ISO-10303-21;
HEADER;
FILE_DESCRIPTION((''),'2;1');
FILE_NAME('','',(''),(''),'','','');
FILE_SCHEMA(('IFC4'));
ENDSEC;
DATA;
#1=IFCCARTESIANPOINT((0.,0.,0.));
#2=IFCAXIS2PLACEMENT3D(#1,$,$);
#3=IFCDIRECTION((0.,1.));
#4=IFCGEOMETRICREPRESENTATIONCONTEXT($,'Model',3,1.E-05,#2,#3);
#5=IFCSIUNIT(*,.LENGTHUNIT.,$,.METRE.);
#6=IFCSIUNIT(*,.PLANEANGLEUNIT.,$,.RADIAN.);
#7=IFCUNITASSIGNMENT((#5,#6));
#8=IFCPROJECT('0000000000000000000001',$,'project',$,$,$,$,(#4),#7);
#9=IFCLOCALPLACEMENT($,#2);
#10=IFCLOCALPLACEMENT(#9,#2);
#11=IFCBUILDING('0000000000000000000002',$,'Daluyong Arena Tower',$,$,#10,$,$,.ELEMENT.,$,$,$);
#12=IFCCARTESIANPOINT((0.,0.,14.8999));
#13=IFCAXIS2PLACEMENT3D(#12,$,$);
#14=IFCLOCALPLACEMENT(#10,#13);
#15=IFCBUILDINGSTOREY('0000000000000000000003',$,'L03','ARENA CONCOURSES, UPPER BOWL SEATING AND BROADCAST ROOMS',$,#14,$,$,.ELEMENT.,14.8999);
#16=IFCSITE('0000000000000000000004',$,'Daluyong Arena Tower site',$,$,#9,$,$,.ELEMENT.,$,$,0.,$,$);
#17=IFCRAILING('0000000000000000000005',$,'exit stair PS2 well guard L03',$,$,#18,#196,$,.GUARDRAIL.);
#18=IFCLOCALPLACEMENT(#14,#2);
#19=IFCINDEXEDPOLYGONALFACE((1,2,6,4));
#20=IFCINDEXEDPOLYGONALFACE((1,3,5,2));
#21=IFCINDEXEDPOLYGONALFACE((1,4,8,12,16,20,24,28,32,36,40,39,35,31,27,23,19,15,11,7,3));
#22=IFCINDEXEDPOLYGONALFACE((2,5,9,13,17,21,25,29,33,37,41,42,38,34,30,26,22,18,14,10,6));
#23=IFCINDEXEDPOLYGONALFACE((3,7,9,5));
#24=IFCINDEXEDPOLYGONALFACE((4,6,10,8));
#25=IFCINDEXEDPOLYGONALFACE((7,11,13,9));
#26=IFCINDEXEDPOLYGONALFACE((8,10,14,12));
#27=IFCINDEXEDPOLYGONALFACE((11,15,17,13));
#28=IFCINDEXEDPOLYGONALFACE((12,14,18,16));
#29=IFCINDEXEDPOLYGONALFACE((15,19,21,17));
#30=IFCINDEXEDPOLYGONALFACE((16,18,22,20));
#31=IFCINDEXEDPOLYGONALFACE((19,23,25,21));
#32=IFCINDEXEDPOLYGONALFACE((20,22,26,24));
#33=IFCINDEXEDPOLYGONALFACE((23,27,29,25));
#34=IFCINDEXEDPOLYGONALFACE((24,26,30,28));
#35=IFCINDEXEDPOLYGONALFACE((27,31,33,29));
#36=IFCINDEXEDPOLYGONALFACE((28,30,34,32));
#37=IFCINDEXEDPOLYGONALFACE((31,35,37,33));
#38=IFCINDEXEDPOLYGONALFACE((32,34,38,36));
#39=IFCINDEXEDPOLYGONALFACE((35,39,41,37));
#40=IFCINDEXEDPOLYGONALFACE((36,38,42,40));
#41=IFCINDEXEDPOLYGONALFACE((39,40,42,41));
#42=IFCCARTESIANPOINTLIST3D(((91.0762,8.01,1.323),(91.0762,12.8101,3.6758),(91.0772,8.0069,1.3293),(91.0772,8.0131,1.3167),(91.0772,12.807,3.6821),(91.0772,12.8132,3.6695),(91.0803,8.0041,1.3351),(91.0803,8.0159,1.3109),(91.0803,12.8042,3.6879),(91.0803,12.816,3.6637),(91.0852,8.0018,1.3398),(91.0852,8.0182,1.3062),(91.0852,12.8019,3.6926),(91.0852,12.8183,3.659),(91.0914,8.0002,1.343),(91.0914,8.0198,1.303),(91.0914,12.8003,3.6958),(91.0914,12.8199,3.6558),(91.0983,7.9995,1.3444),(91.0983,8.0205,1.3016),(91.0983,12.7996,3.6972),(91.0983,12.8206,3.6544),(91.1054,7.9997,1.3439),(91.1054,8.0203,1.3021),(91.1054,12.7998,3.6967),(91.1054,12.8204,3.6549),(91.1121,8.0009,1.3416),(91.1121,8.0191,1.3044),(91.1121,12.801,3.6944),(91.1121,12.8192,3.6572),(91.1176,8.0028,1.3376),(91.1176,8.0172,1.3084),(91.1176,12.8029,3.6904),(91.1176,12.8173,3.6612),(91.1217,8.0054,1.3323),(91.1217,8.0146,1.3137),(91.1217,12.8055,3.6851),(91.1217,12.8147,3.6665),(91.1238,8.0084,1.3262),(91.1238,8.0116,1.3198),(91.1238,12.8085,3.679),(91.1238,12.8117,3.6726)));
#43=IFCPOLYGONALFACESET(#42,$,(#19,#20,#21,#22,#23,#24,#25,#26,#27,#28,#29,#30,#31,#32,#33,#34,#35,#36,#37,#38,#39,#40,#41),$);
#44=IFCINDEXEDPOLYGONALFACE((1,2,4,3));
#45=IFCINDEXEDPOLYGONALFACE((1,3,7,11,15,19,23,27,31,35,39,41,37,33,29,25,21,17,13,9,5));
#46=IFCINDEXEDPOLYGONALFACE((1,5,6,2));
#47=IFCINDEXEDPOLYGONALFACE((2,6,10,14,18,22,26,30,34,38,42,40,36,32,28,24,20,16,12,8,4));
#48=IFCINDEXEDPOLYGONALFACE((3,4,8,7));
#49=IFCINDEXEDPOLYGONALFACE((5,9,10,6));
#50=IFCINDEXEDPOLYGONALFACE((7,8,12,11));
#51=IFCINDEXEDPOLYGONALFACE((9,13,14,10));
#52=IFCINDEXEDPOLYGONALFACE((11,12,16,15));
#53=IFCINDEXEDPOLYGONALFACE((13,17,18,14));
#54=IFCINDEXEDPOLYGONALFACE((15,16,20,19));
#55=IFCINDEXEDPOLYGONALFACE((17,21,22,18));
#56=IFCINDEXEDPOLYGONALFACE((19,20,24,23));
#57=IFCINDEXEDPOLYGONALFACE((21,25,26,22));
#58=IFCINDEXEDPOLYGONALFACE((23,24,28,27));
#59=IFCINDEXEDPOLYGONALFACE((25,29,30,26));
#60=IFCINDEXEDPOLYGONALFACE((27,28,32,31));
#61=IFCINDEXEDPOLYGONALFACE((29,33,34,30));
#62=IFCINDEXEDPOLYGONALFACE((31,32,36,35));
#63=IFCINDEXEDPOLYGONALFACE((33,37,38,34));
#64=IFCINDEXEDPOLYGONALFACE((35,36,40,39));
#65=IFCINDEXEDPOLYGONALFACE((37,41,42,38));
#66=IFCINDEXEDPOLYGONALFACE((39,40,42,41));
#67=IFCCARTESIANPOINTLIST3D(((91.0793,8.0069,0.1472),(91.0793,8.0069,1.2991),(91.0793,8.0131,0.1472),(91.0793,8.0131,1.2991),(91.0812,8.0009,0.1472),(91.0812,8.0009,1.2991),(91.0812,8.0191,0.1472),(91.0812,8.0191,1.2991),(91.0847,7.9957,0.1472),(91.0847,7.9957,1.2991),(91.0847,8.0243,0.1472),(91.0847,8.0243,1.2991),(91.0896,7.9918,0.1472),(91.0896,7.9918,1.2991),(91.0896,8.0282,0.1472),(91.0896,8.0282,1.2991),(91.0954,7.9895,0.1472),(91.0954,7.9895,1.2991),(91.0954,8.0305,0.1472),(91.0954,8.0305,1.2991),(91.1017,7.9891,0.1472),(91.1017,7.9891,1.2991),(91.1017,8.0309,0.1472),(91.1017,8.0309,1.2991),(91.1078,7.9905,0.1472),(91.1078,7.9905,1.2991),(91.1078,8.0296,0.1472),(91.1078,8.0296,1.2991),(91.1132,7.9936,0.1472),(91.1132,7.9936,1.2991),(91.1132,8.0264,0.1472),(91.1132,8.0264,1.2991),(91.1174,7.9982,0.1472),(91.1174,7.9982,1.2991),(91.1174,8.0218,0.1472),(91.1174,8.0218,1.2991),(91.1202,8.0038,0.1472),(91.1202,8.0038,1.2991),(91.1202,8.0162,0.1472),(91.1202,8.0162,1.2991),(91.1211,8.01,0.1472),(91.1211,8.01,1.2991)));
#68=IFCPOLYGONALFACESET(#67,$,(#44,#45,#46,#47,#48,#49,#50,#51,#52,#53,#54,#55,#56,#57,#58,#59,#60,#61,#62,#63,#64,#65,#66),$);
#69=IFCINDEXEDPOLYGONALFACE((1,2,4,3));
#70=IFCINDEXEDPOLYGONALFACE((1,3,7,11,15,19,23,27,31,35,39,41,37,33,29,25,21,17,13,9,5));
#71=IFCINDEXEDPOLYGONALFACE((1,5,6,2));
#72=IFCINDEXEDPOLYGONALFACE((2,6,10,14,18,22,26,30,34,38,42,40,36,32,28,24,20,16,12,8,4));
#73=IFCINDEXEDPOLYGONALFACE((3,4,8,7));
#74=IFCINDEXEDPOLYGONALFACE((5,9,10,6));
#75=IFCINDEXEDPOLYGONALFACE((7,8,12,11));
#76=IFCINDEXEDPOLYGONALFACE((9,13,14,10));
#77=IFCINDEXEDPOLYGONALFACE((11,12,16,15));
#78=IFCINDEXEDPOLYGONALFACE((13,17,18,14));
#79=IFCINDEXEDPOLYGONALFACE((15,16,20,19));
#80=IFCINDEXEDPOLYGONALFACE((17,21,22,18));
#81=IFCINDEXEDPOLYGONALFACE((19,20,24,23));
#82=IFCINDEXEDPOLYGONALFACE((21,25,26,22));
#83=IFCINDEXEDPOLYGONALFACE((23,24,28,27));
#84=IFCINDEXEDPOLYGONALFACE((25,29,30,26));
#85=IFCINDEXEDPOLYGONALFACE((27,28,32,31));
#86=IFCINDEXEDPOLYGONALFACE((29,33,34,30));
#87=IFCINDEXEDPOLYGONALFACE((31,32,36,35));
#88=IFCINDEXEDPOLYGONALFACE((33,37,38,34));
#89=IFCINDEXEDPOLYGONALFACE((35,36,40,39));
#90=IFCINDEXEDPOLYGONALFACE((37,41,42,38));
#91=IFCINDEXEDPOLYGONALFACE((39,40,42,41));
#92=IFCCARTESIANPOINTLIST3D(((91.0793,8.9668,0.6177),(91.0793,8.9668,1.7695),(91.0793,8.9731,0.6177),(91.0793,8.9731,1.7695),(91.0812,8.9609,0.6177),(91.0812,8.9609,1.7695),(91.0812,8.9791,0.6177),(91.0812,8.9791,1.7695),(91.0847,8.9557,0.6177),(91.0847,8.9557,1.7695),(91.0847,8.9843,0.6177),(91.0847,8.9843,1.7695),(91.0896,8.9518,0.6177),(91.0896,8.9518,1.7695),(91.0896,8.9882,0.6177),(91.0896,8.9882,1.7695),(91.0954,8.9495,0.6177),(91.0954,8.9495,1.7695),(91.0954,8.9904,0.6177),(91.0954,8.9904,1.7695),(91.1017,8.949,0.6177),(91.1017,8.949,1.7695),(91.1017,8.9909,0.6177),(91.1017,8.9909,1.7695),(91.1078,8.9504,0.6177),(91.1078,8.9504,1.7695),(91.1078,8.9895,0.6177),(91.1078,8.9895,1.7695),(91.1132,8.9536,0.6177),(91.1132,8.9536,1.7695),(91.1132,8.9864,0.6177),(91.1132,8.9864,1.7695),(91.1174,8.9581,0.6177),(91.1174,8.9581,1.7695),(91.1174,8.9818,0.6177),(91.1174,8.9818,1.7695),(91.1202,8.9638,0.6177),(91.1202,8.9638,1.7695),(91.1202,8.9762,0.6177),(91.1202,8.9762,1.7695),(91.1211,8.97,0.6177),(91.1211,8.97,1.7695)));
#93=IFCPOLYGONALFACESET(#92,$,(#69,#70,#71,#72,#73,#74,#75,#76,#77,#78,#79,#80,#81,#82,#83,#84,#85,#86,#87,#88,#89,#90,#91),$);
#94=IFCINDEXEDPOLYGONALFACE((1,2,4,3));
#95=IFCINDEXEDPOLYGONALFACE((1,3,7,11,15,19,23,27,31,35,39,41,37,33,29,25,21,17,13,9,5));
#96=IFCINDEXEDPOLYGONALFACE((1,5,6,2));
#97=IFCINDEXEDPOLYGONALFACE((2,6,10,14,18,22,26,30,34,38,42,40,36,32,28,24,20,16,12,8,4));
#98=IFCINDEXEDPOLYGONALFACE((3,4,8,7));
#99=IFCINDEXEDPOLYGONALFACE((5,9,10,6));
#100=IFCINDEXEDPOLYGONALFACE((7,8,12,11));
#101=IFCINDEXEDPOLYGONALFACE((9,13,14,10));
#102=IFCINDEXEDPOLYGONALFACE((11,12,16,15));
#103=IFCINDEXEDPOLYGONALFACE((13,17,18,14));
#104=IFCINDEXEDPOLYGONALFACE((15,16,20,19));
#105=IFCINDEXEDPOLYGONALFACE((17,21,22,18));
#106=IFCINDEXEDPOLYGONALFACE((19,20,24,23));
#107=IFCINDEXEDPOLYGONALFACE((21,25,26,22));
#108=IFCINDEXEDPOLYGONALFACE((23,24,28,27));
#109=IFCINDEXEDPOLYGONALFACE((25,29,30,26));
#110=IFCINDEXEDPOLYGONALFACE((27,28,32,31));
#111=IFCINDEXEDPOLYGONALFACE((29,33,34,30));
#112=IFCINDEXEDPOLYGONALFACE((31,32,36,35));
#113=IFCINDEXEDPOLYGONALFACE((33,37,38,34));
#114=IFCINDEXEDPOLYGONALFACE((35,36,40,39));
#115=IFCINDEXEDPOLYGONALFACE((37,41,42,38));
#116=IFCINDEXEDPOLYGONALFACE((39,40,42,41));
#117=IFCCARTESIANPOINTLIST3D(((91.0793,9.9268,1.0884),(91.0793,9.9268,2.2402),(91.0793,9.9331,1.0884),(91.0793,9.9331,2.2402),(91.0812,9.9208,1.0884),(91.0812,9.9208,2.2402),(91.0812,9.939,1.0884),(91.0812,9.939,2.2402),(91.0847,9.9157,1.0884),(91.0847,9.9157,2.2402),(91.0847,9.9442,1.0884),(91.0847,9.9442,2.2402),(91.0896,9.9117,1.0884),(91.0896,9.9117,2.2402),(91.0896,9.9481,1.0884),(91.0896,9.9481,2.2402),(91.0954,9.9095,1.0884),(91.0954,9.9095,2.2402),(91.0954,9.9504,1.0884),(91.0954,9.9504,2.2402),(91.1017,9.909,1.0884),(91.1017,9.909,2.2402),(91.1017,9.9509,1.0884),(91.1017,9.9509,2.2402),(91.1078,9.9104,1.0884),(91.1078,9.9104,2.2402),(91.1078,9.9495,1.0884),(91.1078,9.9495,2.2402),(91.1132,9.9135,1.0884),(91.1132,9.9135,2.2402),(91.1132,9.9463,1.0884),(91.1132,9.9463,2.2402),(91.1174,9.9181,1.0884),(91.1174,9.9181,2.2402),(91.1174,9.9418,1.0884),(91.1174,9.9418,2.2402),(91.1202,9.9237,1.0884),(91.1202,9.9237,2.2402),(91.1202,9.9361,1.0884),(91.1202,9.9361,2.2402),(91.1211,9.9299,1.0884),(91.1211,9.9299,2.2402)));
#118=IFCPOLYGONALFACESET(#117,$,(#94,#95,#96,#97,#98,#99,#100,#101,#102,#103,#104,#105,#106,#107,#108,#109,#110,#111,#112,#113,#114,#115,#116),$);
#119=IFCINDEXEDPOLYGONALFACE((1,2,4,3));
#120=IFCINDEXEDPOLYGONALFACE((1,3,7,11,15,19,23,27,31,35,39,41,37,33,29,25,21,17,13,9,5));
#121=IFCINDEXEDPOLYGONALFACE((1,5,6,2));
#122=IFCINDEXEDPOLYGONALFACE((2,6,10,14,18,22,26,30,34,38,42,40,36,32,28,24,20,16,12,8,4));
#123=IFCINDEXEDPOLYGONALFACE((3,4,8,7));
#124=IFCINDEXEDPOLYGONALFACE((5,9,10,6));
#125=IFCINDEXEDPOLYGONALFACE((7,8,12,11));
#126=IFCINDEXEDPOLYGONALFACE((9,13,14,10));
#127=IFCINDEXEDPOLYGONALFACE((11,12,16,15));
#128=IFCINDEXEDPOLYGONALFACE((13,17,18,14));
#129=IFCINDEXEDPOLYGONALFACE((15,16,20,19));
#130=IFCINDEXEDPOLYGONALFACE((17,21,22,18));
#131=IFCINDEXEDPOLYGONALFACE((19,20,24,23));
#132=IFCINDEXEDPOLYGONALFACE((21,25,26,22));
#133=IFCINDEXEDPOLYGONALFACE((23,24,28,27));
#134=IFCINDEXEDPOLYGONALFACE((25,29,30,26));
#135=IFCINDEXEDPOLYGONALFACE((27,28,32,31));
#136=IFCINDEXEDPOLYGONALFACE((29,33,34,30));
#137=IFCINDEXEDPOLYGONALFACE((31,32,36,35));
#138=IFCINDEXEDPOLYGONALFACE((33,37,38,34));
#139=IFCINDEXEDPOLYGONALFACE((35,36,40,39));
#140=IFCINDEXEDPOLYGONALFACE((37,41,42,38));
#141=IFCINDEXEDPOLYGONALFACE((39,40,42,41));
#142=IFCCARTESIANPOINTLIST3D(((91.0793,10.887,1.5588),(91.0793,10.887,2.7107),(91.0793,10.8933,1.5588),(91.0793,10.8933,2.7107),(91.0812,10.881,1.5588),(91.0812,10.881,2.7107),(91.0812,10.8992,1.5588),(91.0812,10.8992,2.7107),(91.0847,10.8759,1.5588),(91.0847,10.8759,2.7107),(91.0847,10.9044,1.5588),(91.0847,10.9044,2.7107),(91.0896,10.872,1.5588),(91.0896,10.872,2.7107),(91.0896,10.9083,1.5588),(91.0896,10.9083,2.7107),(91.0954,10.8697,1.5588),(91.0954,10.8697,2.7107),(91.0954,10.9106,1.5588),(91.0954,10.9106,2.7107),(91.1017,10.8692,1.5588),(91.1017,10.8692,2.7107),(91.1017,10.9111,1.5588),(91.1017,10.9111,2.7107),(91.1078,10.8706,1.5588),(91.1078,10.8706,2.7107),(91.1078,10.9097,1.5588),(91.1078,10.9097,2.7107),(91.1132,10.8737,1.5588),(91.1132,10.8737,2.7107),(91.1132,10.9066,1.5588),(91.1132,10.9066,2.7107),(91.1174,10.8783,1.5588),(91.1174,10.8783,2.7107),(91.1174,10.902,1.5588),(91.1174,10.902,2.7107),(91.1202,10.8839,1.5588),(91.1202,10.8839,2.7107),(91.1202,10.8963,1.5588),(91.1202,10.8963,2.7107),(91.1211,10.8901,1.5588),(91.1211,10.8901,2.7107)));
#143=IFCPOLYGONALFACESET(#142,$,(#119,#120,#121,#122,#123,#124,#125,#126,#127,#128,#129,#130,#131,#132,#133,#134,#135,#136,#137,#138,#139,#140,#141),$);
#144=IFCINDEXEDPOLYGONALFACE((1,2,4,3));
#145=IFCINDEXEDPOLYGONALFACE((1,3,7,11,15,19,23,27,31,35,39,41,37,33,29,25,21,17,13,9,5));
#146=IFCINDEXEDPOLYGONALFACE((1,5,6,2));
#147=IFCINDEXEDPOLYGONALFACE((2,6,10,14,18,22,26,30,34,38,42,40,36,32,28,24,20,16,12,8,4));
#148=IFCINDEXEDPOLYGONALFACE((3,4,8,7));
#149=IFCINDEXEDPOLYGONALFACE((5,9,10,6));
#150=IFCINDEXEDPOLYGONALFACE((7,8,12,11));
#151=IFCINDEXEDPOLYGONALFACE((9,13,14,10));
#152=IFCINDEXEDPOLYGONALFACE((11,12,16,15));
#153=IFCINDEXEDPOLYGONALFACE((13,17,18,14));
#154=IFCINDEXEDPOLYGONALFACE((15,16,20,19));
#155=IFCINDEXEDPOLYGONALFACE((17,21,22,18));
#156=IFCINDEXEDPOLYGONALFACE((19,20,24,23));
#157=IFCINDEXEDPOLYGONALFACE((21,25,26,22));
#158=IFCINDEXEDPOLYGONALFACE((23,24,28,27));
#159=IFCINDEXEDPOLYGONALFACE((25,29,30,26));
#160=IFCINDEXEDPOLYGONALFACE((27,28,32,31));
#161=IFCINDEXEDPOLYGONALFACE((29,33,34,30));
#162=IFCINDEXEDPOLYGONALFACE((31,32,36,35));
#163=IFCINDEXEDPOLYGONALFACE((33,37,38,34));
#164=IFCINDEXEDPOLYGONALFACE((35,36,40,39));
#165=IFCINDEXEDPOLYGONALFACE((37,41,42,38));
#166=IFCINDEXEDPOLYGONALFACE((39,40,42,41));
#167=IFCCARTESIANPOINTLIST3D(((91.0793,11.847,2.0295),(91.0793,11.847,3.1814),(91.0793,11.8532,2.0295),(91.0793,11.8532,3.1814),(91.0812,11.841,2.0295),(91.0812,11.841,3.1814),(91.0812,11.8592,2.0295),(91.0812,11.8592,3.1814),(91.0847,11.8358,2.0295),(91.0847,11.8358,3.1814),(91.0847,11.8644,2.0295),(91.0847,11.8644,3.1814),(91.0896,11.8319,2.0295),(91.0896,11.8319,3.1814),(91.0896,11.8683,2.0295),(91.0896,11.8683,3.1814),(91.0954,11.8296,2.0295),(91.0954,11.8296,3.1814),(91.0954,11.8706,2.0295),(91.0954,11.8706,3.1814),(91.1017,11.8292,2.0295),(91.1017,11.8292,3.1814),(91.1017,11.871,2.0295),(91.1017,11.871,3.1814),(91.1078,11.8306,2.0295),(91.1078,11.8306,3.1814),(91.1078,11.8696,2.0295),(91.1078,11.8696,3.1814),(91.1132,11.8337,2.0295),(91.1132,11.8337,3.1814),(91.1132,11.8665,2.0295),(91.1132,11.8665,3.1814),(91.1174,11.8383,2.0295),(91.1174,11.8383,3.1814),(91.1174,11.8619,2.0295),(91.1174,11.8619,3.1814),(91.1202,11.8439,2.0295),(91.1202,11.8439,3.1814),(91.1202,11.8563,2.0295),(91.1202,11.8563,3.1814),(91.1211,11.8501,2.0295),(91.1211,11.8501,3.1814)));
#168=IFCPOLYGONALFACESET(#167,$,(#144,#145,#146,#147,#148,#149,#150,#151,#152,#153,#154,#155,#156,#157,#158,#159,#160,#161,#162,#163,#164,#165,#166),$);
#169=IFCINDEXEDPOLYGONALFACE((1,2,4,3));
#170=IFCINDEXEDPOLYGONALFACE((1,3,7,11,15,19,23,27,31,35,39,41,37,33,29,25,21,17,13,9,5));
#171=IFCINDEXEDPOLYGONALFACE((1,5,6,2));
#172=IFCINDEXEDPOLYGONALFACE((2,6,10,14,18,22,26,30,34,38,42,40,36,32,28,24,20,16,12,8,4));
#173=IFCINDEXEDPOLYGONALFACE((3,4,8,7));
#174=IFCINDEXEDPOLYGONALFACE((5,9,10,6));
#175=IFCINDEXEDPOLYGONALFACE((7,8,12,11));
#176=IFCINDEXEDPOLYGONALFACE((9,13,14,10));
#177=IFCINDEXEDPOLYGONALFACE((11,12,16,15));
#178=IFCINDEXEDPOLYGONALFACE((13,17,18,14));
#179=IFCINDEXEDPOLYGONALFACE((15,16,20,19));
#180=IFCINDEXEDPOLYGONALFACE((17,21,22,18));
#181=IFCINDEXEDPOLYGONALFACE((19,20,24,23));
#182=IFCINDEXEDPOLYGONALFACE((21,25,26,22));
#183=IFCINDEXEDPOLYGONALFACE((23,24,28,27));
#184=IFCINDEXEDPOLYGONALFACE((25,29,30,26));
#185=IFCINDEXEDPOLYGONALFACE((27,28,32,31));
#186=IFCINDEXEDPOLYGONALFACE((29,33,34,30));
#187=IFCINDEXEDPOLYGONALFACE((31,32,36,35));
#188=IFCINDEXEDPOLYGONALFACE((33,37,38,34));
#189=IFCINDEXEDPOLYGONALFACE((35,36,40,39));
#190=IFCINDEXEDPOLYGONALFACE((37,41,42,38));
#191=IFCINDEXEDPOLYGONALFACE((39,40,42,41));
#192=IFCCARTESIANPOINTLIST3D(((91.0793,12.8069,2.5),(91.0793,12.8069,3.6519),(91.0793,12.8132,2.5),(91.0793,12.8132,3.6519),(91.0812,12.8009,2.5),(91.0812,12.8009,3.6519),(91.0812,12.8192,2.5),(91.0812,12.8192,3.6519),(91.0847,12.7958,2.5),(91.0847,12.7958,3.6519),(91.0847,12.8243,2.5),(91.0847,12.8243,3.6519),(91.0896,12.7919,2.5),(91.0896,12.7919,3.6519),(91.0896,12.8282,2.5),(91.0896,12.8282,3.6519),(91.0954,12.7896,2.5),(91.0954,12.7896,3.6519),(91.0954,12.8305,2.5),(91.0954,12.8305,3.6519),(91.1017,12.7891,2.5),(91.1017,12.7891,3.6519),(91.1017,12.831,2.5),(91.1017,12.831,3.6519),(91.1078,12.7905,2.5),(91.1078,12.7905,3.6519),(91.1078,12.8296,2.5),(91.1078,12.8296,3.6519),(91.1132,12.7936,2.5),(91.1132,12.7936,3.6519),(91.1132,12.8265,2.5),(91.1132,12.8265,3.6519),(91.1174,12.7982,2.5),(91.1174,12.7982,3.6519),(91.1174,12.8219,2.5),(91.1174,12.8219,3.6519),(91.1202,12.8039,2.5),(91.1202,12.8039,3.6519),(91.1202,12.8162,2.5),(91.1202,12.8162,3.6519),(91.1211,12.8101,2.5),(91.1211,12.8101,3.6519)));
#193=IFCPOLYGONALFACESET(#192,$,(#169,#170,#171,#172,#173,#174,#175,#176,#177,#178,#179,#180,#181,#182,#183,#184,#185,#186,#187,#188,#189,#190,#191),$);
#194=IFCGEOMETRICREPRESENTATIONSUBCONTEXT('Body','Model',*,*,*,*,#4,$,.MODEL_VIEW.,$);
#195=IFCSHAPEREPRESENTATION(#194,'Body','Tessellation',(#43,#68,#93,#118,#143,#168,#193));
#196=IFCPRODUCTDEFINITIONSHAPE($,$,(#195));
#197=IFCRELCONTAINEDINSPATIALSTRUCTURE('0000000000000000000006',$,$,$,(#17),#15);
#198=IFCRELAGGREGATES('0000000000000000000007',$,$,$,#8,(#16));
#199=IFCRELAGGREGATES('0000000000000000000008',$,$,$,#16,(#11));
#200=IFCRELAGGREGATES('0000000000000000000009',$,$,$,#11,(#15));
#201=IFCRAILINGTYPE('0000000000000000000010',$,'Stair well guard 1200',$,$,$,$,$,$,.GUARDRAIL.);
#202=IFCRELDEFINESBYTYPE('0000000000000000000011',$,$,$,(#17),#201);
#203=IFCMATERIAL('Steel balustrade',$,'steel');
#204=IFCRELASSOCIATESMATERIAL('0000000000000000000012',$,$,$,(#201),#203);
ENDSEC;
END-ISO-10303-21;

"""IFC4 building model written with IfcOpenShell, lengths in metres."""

from ifc_helpers import new_model, si_unit, direction, frame, origin, origin_2d, place, context, subcontext, project, spatial, circle, extrude, material, type_object, element, save


model = new_model("IFC4")

# Units and contexts
model_context = context("Model", 3, precision=1e-05, world=origin(), true_north=direction((0.0, 1.0)))
body_context = subcontext(model_context, "Body", "Model", "MODEL_VIEW")
ifc_project = project(units=[si_unit("LENGTHUNIT", "METRE"), si_unit("PLANEANGLEUNIT", "RADIAN")], contexts=[model_context])

# Site, building, storey
site_placement = place(None, origin())
site = spatial("IfcSite", under=ifc_project, at=site_placement, Name="Daluyong Arena Tower site", CompositionType="ELEMENT", RefElevation=0.0)
building_placement = place(site_placement, origin())
building = spatial("IfcBuilding", under=site, at=building_placement, Name="Daluyong Arena Tower", CompositionType="ELEMENT")
storey_placement = place(building_placement, frame((0.0, 0.0, 14.8999)))
storey = spatial("IfcBuildingStorey", under=building, at=storey_placement, Name="L03", Description="ARENA CONCOURSES, UPPER BOWL SEATING AND BROADCAST ROOMS", CompositionType="ELEMENT", Elevation=14.8999)

# Railing
ifc_material_1 = material(Name="Steel balustrade", Category="steel")
railing_type_1 = type_object("IfcRailingType", Name="Stair well guard 1200", PredefinedType="GUARDRAIL", material=ifc_material_1)
railing_1_placement = place(storey_placement, frame((91.1001, 8.01, 0.1472)))
element("IfcRailing", 1, at=railing_1_placement, inside=storey, type_object=railing_type_1, Name="exit stair PS2 well guard L03", PredefinedType="GUARDRAIL", context=body_context, shape_type="SweptSolid", body=[
    extrude(circle(Radius=0.0239, at=origin_2d()), frame((0.0, 0.0, 1.1758), z_axis=(0.0, 0.897934, 0.44013), x_axis=(-1.0, 0.0, 0.0)), (0.0, 0.0, 1.0), 5.3457),
    extrude(circle(Radius=0.021, at=origin_2d()), origin(), (0.0, 0.0, 1.0), 1.1519),
    extrude(circle(Radius=0.021, at=origin_2d()), frame((0.0, 0.96, 0.4705)), (0.0, 0.0, 1.0), 1.1519),
    extrude(circle(Radius=0.021, at=origin_2d()), frame((0.0, 1.9199, 0.9412)), (0.0, 0.0, 1.0), 1.1519),
    extrude(circle(Radius=0.021, at=origin_2d()), frame((0.0, 2.8801, 1.4116)), (0.0, 0.0, 1.0), 1.1519),
    extrude(circle(Radius=0.021, at=origin_2d()), frame((0.0, 3.8401, 1.8823)), (0.0, 0.0, 1.0), 1.1519),
    extrude(circle(Radius=0.021, at=origin_2d()), frame((0.0, 4.8, 2.3528)), (0.0, 0.0, 1.0), 1.1519),
])

save(model, "model.ifc")
